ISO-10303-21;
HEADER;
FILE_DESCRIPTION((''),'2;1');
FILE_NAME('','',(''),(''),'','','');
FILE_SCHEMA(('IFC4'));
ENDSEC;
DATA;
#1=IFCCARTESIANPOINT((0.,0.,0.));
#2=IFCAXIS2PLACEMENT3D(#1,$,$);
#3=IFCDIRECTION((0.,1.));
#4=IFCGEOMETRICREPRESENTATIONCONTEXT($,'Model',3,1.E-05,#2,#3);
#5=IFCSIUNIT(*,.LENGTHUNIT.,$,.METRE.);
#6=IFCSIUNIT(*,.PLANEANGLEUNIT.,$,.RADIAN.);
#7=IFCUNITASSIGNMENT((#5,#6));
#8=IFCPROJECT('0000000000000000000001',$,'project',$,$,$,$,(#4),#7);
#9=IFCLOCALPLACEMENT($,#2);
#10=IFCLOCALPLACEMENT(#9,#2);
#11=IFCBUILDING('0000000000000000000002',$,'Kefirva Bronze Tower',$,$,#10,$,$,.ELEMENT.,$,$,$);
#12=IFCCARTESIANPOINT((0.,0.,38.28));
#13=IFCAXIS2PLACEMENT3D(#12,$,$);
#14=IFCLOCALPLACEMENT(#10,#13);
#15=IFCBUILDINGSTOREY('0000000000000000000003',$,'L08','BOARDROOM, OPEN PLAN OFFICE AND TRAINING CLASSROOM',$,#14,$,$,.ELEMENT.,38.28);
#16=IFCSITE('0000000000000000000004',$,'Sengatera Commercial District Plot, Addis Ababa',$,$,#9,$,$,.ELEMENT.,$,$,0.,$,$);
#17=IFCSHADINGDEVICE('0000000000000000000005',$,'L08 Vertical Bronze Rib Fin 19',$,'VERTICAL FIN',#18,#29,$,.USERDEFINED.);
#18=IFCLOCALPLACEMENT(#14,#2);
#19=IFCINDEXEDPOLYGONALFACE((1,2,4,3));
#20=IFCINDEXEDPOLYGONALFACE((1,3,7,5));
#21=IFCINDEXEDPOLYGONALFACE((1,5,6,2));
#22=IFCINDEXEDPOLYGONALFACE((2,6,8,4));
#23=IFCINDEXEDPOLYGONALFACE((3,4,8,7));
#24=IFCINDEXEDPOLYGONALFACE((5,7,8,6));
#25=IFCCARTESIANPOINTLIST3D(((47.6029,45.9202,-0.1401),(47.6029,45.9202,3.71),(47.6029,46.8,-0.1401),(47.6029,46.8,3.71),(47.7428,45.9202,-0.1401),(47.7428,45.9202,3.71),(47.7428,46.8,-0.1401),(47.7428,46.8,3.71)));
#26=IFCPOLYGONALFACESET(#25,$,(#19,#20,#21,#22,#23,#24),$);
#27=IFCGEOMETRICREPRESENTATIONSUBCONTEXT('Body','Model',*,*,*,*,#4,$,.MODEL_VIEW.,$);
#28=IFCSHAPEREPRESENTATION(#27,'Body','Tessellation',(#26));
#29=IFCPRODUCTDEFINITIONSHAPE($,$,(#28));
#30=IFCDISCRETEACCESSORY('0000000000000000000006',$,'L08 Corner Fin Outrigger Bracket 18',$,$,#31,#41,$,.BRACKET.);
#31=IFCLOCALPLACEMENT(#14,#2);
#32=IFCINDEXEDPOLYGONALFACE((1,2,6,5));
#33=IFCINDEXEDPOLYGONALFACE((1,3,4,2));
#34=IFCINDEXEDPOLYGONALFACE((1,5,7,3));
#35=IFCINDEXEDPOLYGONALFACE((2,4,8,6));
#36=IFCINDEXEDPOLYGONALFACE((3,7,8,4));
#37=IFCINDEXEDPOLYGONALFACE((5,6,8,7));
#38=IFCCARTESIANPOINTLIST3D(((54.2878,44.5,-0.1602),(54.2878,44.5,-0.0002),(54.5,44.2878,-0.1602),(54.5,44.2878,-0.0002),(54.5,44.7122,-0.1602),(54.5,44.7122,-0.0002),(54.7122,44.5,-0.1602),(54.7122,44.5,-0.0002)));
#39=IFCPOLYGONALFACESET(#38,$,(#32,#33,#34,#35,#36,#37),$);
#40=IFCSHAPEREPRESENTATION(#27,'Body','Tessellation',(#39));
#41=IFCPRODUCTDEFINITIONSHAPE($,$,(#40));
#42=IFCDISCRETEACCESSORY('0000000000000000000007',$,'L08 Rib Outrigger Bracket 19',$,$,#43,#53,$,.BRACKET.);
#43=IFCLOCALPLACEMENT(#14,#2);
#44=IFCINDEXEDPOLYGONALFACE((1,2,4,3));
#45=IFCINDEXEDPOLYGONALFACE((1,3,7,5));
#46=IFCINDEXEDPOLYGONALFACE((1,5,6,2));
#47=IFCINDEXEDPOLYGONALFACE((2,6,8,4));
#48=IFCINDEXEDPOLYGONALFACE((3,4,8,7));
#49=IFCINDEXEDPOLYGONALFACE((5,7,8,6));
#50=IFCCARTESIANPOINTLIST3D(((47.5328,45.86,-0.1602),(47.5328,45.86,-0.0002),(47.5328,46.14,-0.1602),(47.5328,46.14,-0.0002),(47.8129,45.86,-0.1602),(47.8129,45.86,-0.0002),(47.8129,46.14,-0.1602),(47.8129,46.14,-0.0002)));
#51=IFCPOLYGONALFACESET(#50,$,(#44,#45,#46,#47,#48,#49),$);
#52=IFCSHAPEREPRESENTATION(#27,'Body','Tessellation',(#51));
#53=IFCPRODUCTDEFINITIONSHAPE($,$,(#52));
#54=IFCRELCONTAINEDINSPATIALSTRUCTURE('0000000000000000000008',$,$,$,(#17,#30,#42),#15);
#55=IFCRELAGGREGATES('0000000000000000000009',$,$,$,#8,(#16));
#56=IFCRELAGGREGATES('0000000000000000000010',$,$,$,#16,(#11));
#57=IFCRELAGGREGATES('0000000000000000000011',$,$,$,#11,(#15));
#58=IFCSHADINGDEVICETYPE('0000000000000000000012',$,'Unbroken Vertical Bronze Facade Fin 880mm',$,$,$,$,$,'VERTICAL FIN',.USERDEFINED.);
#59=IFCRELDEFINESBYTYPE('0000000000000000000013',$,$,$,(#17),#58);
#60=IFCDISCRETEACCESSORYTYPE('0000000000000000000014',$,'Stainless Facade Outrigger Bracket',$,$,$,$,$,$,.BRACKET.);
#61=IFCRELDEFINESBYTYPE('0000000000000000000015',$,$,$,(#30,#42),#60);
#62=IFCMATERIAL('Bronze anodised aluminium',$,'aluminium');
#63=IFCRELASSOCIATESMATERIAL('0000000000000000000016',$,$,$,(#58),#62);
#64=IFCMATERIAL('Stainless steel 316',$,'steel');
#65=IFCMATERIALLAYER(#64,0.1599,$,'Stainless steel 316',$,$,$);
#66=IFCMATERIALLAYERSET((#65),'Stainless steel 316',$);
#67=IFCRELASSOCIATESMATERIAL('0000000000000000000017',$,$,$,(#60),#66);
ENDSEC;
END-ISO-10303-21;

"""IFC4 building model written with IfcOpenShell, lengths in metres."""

from ifc_helpers import new_model, si_unit, direction, frame, origin, origin_2d, place, context, subcontext, project, spatial, rectangle, extrude, material, layer, layer_set, material_profile, profile_set, type_object, element, save


model = new_model("IFC4")

# Units and contexts
model_context = context("Model", 3, precision=1e-05, world=origin(), true_north=direction((0.0, 1.0)))
body_context = subcontext(model_context, "Body", "Model", "MODEL_VIEW")
ifc_project = project(units=[si_unit("LENGTHUNIT", "METRE"), si_unit("PLANEANGLEUNIT", "RADIAN")], contexts=[model_context])

# Site, building, storey
site_placement = place(None, origin())
site = spatial("IfcSite", under=ifc_project, at=site_placement, Name="Sengatera Commercial District Plot, Addis Ababa", CompositionType="ELEMENT", RefElevation=0.0)
building_placement = place(site_placement, origin())
building = spatial("IfcBuilding", under=site, at=building_placement, Name="Kefirva Bronze Tower", CompositionType="ELEMENT")
storey_placement = place(building_placement, frame((0.0, 0.0, 38.28)))
storey = spatial("IfcBuildingStorey", under=building, at=storey_placement, Name="L08", Description="BOARDROOM, OPEN PLAN OFFICE AND TRAINING CLASSROOM", CompositionType="ELEMENT", Elevation=38.28)

# Shared definitions
ifc_material_1 = material(Name="Bronze anodised aluminium", Category="aluminium")

# Shading device
ifc_material_profile_1 = material_profile(ifc_material_1, rectangle(XDim=0.1399, YDim=0.8799, at=origin_2d()), Name="BRONZE FIN 140x880")
ifc_profile_set_1 = profile_set([ifc_material_profile_1], Name="Bronze anodised aluminium")
shading_device_type_1 = type_object("IfcShadingDeviceType", Name="Unbroken Vertical Bronze Facade Fin 880mm", ElementType="VERTICAL FIN", PredefinedType="USERDEFINED", material=ifc_profile_set_1)
shading_device_1_placement = place(storey_placement, frame((47.6729, 46.3601, -0.1401), z_axis=(0.0, 0.0, 1.0), x_axis=(-1.0, 0.0, 0.0)))
element("IfcShadingDevice", 1, at=shading_device_1_placement, inside=storey, type_object=shading_device_type_1, Name="L08 Vertical Bronze Rib Fin 19", ObjectType="VERTICAL FIN", PredefinedType="USERDEFINED", context=body_context, shape_type="SweptSolid", body=[
    extrude(rectangle(XDim=0.1399, YDim=0.8799, at=origin_2d()), origin(), (0.0, 0.0, 1.0), 3.8501),
])

# Discrete accessories
ifc_material_2 = material(Name="Stainless steel 316", Category="steel")
ifc_layer_1 = layer(ifc_material_2, 0.1599, Name="Stainless steel 316")
ifc_layer_set_1 = layer_set([ifc_layer_1], Name="Stainless steel 316")
discrete_accessory_type = type_object("IfcDiscreteAccessoryType", Name="Stainless Facade Outrigger Bracket", PredefinedType="BRACKET", material=ifc_layer_set_1)
discrete_accessory_1_placement = place(storey_placement, frame((54.5, 44.5, -0.1602), z_axis=(0.0, 0.0, 1.0), x_axis=(-0.707107, 0.707107, 0.0)))
element("IfcDiscreteAccessory", 2, at=discrete_accessory_1_placement, inside=storey, type_object=discrete_accessory_type, Name="L08 Corner Fin Outrigger Bracket 18", PredefinedType="BRACKET", context=body_context, shape_type="SweptSolid", body=[
    extrude(rectangle(XDim=0.3, YDim=0.3, at=origin_2d()), origin(), (0.0, 0.0, 1.0), 0.1599),
])
discrete_accessory_2_placement = place(storey_placement, frame((47.6729, 46.0, -0.1602), z_axis=(0.0, 0.0, 1.0), x_axis=(-1.0, 0.0, 0.0)))
element("IfcDiscreteAccessory", 3, at=discrete_accessory_2_placement, inside=storey, type_object=discrete_accessory_type, Name="L08 Rib Outrigger Bracket 19", PredefinedType="BRACKET", context=body_context, shape_type="SweptSolid", body=[
    extrude(rectangle(XDim=0.28, YDim=0.28, at=origin_2d()), origin(), (0.0, 0.0, 1.0), 0.1599),
])

save(model, "model.ifc")
